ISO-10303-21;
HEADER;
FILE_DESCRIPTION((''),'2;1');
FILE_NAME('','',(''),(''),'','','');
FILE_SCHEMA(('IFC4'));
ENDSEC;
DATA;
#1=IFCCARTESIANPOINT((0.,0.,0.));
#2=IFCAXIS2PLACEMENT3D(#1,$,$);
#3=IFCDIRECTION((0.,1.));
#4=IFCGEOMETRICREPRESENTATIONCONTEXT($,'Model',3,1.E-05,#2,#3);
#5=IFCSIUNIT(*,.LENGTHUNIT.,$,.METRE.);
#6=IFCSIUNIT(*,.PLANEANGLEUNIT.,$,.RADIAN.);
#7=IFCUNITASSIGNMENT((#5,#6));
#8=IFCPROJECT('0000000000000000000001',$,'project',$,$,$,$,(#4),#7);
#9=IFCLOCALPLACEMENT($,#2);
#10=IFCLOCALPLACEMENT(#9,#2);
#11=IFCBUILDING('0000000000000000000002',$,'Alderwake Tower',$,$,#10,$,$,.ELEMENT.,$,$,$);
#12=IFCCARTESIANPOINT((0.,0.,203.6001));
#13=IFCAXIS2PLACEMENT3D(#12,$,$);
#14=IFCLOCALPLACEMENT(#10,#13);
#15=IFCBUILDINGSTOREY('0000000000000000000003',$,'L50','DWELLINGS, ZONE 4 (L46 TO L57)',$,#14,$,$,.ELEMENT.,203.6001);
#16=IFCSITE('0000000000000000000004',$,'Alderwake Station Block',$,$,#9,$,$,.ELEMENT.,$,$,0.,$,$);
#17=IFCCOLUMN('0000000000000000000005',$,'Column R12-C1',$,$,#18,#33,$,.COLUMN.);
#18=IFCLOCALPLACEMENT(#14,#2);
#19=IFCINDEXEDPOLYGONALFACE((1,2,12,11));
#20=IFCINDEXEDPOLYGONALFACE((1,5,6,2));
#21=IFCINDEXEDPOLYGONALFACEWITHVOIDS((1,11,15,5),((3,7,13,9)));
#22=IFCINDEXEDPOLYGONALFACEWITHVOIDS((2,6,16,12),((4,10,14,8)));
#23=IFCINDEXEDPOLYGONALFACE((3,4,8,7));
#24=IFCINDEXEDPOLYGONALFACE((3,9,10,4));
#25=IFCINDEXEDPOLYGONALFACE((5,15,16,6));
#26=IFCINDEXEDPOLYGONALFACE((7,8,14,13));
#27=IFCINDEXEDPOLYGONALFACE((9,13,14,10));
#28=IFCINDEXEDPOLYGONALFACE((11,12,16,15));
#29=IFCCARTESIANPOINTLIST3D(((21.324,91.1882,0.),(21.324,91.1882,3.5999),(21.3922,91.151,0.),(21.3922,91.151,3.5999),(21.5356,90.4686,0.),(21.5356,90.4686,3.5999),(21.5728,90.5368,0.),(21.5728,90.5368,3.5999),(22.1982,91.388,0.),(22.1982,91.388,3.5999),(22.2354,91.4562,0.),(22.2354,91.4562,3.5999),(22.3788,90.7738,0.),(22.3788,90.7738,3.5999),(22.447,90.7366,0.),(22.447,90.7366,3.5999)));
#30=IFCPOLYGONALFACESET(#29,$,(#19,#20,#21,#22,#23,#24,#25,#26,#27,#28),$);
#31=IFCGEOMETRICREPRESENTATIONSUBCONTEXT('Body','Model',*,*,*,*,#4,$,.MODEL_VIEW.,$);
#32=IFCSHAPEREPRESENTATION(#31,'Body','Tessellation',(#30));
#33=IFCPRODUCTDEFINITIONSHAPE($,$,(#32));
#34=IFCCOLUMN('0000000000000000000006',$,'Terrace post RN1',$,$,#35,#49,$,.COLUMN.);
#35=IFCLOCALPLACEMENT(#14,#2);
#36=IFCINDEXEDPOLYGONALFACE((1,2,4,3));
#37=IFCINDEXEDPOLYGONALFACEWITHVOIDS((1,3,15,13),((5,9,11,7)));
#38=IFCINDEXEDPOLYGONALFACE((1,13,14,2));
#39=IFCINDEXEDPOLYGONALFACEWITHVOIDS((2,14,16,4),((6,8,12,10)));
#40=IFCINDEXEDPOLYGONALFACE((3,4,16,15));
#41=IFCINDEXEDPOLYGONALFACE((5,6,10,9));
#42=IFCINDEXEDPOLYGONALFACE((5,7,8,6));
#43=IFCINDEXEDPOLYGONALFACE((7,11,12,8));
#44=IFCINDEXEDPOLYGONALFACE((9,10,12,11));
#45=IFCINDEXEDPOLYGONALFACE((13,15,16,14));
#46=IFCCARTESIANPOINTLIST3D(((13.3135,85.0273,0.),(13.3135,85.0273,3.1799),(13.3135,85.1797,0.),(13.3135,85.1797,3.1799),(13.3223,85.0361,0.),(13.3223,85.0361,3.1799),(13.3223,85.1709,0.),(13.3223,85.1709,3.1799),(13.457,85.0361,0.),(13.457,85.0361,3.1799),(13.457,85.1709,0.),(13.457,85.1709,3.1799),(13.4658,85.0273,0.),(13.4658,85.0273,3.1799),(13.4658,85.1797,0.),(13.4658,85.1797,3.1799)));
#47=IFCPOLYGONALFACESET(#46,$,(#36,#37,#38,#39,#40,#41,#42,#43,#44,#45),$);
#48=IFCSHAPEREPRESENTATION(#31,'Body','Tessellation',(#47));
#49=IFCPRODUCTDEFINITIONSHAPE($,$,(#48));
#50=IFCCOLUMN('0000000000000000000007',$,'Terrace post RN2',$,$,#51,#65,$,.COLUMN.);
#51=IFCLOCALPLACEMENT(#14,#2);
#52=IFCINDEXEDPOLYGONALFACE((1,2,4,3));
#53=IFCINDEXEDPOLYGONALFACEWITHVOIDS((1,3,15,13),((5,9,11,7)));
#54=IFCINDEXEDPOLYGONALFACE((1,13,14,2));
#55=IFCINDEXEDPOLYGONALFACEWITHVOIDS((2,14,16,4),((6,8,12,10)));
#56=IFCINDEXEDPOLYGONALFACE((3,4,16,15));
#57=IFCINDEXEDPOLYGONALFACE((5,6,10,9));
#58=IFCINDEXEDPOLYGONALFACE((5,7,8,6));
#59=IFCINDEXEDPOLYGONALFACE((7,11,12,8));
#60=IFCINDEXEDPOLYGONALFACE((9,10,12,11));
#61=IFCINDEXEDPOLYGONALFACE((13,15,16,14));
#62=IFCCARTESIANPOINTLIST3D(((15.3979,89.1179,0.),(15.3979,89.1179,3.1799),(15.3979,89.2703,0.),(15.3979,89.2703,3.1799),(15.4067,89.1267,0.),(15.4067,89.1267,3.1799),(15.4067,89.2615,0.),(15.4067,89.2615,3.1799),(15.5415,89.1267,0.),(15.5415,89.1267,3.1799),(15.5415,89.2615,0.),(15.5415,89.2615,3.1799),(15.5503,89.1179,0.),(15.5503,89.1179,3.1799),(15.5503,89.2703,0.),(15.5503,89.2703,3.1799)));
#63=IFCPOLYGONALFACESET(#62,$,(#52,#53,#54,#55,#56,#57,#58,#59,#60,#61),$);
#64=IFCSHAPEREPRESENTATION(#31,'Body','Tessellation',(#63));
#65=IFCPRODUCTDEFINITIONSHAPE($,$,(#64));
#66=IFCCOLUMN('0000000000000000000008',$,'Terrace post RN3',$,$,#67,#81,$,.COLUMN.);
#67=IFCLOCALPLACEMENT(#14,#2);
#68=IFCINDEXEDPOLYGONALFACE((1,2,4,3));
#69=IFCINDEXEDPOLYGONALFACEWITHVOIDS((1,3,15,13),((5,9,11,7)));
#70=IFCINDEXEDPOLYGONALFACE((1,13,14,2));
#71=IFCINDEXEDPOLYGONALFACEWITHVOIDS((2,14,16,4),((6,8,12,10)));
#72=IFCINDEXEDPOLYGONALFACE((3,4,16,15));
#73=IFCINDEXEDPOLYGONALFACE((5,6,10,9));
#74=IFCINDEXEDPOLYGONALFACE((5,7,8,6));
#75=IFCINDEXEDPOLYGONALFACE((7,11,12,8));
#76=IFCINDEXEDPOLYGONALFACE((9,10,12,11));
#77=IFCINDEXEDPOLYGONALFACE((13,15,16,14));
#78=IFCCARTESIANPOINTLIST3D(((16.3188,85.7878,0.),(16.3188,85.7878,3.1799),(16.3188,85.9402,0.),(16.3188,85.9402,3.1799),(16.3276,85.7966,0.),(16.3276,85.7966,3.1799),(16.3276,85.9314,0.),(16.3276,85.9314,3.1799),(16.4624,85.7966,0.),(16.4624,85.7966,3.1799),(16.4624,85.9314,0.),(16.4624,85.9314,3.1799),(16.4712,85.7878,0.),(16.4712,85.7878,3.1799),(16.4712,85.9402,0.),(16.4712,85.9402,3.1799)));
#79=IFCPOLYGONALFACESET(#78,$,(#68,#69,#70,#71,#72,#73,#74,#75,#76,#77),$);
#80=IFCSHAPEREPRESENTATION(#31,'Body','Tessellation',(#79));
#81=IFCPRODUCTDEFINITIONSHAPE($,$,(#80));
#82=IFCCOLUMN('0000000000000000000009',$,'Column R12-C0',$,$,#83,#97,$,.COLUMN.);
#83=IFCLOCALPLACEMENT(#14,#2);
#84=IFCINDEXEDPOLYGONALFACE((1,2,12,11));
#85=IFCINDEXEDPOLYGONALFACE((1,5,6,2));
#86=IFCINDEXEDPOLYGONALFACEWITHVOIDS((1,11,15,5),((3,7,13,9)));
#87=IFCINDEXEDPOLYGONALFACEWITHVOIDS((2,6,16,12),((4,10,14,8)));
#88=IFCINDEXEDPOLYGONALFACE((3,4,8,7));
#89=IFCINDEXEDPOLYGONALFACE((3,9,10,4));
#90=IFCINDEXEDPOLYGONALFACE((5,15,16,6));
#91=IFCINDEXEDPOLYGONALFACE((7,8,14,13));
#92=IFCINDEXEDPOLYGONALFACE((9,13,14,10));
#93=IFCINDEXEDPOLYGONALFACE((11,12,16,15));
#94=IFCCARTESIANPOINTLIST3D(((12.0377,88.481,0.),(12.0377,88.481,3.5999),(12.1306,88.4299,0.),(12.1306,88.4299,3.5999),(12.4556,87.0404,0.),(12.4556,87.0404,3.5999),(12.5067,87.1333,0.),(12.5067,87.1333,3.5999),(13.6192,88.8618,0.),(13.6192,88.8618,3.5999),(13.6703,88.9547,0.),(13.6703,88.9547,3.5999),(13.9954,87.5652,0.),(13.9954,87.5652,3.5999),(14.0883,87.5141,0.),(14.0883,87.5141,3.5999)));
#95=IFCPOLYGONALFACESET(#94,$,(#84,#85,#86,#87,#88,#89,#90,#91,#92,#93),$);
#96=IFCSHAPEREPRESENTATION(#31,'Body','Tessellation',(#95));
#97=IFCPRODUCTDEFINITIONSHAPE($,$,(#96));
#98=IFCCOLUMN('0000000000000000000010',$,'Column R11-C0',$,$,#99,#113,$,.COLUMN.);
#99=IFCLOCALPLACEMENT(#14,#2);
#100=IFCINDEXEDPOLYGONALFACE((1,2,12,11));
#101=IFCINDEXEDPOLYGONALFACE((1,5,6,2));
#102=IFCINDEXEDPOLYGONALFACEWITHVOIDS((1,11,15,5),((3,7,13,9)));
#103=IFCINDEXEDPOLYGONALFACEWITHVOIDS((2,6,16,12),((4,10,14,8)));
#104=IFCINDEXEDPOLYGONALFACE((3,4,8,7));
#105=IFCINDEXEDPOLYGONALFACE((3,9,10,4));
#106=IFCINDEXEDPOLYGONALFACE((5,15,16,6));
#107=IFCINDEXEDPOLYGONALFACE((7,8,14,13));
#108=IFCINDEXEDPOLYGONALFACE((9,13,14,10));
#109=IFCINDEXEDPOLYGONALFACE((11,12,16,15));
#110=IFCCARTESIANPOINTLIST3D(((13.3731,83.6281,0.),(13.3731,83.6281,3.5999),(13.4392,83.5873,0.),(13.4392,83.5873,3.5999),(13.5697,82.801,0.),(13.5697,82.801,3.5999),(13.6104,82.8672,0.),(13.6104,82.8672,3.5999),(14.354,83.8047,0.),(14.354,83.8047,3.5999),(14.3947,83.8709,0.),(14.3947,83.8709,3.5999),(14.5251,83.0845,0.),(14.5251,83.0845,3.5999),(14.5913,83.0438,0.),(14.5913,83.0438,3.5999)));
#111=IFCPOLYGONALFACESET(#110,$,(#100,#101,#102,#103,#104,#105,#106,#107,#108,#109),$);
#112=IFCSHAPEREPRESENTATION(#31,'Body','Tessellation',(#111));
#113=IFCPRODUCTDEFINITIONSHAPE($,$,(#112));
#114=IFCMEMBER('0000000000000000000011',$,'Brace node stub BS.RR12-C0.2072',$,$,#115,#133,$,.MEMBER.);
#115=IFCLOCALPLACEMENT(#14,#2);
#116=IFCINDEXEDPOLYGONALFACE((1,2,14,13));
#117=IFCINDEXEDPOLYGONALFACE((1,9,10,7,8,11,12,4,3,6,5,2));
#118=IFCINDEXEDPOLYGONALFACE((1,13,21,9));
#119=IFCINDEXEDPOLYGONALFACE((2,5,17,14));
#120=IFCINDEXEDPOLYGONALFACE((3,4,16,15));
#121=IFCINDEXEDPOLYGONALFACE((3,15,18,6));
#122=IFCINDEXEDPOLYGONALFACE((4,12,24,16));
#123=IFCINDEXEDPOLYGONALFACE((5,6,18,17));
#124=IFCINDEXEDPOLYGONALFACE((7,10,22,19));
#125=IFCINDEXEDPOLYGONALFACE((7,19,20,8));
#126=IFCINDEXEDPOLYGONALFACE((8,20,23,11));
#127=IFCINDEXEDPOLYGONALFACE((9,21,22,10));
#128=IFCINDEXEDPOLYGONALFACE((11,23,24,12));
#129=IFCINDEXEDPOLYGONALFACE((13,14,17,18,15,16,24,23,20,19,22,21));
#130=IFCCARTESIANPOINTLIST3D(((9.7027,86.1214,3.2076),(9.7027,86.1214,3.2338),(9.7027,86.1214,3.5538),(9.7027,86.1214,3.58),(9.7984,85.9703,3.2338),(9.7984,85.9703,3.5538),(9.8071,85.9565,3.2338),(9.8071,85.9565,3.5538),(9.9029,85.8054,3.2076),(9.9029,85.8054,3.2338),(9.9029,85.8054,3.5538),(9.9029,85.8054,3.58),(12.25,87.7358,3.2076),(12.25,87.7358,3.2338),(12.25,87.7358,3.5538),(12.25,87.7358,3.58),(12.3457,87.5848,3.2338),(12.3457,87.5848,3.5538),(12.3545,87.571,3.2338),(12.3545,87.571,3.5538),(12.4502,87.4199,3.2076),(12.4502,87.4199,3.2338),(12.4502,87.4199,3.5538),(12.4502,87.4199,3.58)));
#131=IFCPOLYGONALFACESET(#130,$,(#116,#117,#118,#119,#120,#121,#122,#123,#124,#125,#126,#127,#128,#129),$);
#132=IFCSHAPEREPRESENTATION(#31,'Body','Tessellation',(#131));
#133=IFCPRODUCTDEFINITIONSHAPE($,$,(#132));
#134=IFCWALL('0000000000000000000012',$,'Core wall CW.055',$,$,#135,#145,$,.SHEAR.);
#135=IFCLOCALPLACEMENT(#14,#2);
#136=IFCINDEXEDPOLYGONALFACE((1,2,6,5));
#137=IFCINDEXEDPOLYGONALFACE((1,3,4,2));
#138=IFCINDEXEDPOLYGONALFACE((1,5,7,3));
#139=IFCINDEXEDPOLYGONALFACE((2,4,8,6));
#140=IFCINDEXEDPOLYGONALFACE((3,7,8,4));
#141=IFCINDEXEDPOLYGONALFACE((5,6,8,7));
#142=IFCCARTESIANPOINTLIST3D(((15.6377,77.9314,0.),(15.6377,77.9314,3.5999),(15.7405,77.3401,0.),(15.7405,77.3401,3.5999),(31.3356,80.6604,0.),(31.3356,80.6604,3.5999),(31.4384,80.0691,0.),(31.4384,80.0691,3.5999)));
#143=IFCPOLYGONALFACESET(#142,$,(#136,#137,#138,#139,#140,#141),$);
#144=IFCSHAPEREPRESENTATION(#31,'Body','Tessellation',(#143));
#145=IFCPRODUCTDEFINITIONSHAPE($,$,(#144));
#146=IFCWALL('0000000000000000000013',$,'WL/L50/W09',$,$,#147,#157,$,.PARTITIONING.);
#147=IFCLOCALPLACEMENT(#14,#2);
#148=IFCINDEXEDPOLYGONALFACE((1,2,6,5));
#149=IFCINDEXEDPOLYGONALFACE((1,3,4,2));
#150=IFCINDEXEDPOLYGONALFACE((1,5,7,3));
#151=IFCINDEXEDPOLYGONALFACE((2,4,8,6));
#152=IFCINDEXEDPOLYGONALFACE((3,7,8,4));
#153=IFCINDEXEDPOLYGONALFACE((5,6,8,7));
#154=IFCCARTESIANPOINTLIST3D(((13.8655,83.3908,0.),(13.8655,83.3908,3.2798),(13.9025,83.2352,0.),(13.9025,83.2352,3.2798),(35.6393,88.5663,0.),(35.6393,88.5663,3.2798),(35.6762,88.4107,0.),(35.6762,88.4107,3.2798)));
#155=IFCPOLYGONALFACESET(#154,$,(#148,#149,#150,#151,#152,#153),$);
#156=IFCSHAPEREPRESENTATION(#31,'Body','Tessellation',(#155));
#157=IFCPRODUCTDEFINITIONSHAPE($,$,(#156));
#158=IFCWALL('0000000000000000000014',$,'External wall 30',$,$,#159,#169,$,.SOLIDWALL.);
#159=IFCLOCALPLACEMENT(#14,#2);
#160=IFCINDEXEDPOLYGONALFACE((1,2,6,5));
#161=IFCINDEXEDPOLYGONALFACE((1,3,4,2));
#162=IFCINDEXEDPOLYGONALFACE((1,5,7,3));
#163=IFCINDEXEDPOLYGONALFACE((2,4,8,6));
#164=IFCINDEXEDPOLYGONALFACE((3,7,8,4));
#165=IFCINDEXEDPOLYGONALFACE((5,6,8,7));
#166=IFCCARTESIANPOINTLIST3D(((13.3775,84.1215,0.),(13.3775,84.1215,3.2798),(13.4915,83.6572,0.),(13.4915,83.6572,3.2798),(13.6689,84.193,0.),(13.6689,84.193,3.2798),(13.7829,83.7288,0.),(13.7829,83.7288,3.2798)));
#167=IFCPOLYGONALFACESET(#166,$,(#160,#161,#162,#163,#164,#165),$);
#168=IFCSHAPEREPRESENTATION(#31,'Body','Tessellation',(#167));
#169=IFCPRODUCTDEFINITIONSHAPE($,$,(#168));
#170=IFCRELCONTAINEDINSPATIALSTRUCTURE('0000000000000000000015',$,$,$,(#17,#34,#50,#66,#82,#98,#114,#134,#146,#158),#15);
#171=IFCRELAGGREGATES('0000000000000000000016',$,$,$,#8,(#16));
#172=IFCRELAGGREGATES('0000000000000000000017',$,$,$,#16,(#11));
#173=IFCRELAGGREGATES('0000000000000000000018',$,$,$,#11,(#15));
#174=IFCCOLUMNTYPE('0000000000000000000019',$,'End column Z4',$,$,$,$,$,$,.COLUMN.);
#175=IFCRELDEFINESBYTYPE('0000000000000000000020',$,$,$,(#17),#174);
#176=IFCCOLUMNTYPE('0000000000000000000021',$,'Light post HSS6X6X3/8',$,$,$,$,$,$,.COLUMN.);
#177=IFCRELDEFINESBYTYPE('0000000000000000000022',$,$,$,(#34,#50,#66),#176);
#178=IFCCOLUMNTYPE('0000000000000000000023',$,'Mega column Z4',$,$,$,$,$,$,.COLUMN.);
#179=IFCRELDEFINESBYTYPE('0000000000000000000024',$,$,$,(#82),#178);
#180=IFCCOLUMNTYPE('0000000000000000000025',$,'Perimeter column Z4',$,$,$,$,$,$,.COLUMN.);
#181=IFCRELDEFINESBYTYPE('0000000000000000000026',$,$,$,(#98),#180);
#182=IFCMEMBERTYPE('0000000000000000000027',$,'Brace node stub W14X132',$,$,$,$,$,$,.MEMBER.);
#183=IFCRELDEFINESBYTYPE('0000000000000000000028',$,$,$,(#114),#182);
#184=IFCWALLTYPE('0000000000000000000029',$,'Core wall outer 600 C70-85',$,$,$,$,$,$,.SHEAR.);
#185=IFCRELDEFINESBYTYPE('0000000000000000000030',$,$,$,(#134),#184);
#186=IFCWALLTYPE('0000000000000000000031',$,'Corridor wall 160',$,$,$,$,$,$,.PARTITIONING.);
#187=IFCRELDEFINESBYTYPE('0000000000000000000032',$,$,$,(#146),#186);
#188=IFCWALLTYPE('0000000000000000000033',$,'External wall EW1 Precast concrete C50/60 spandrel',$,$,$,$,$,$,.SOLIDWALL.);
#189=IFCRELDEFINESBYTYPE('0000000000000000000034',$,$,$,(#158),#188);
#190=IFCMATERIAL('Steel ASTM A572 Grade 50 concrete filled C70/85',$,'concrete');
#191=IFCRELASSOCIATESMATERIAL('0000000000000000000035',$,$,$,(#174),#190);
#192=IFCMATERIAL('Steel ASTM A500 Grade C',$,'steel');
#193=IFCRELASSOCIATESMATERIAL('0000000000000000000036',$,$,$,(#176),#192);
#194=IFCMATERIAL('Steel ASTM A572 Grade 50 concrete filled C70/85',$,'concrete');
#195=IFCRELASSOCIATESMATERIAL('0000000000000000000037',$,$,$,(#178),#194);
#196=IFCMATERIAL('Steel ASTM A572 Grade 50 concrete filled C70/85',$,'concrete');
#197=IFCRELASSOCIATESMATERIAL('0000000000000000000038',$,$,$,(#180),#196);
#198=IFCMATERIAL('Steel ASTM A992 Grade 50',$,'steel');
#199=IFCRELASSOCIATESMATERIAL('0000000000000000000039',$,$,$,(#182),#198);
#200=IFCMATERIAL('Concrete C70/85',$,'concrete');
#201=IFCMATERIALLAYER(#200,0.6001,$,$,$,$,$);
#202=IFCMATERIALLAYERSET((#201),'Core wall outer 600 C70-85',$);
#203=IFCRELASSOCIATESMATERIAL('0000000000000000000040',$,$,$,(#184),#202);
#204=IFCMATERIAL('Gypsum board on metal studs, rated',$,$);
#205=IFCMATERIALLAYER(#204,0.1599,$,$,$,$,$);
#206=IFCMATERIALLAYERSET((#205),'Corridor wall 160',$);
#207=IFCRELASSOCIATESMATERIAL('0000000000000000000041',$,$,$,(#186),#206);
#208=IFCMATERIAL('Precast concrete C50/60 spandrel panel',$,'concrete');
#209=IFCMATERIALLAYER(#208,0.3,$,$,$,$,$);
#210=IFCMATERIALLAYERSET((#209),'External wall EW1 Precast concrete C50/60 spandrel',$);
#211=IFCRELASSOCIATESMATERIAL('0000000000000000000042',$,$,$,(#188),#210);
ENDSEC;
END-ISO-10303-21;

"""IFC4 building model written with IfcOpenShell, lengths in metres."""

from ifc_helpers import new_model, si_unit, direction, frame, frame_2d, origin, origin_2d, place, context, subcontext, project, spatial, rectangle, hollow_rectangle, i_section, extrude, material, layer, layer_set, material_profile, profile_set, type_object, element, save


model = new_model("IFC4")

# Units and contexts
model_context = context("Model", 3, precision=1e-05, world=origin(), true_north=direction((0.0, 1.0)))
body_context = subcontext(model_context, "Body", "Model", "MODEL_VIEW")
ifc_project = project(units=[si_unit("LENGTHUNIT", "METRE"), si_unit("PLANEANGLEUNIT", "RADIAN")], contexts=[model_context])

# Site, building, storey
site_placement = place(None, origin())
site = spatial("IfcSite", under=ifc_project, at=site_placement, Name="Alderwake Station Block", CompositionType="ELEMENT", RefElevation=0.0)
building_placement = place(site_placement, origin())
building = spatial("IfcBuilding", under=site, at=building_placement, Name="Alderwake Tower", CompositionType="ELEMENT")
storey_placement = place(building_placement, frame((0.0, 0.0, 203.6001)))
storey = spatial("IfcBuildingStorey", under=building, at=storey_placement, Name="L50", Description="DWELLINGS, ZONE 4 (L46 TO L57)", CompositionType="ELEMENT", Elevation=203.6001)

# Columns
ifc_material_1 = material(Name="Steel ASTM A572 Grade 50 concrete filled C70/85", Category="concrete")
ifc_material_profile_1 = material_profile(ifc_material_1, hollow_rectangle(XDim=0.75, YDim=0.95, WallThickness=0.0549, at=origin_2d()), Name="BOX 950X750X55")
ifc_profile_set_1 = profile_set([ifc_material_profile_1], Name="Steel ASTM A572 Grade 50 concrete filled C70/85")
column_type_1 = type_object("IfcColumnType", Name="End column Z4", PredefinedType="COLUMN", material=ifc_profile_set_1)
column_1_placement = place(storey_placement, frame((21.8855, 90.9624, 0.0), z_axis=(0.0, 0.0, 1.0), x_axis=(-0.282132, 0.959376, 0.0)))
element("IfcColumn", 1, at=column_1_placement, inside=storey, type_object=column_type_1, Name="Column R12-C1", PredefinedType="COLUMN", context=body_context, shape_type="SweptSolid", body=[
    extrude(hollow_rectangle(XDim=0.75, YDim=0.95, WallThickness=0.0549, at=origin_2d()), origin(), (0.0, 0.0, 1.0), 3.5999),
])
ifc_material_2 = material(Name="Steel ASTM A500 Grade C", Category="steel")
ifc_material_profile_2 = material_profile(ifc_material_2, hollow_rectangle(XDim=0.1523, YDim=0.1523, WallThickness=0.0088, at=origin_2d()), Name="HSS6X6X3/8")
ifc_profile_set_2 = profile_set([ifc_material_profile_2], Name="Steel ASTM A500 Grade C")
column_type_2 = type_object("IfcColumnType", Name="Light post HSS6X6X3/8", PredefinedType="COLUMN", material=ifc_profile_set_2)
for number, where, z_axis, x_axis, name in (
    (2, (13.3896, 85.1035, 0.0), (0.0, 0.0, 1.0), (1.0, 0.0, 0.0), "Terrace post RN1"),
    (3, (15.4741, 89.1941, 0.0), (0.0, 0.0, 1.0), (1.0, 0.0, 0.0), "Terrace post RN2"),
    (4, (16.395, 85.864, 0.0), (0.0, 0.0, 1.0), (1.0, 0.0, 0.0), "Terrace post RN3"),
):
    element("IfcColumn", number, at=place(storey_placement, frame(where, z_axis=z_axis, x_axis=x_axis)), inside=storey, type_object=column_type_2, Name=name, PredefinedType="COLUMN", context=body_context, shape_type="SweptSolid", body=[
        extrude(hollow_rectangle(XDim=0.1523, YDim=0.1523, WallThickness=0.0088, at=origin_2d()), origin(), (0.0, 0.0, 1.0), 3.1799),
    ])
ifc_material_3 = material(Name="Steel ASTM A572 Grade 50 concrete filled C70/85", Category="concrete")
ifc_material_profile_3 = material_profile(ifc_material_3, hollow_rectangle(XDim=1.5, YDim=1.7, WallThickness=0.075, at=origin_2d()), Name="BOX 1700X1500X75")
ifc_profile_set_3 = profile_set([ifc_material_profile_3], Name="Steel ASTM A572 Grade 50 concrete filled C70/85")
column_type_3 = type_object("IfcColumnType", Name="Mega column Z4", PredefinedType="COLUMN", material=ifc_profile_set_3)
column_2_placement = place(storey_placement, frame((13.063, 87.9976, 0.0), z_axis=(0.0, 0.0, 1.0), x_axis=(-0.278612, 0.960404, 0.0)))
element("IfcColumn", 5, at=column_2_placement, inside=storey, type_object=column_type_3, Name="Column R12-C0", PredefinedType="COLUMN", context=body_context, shape_type="SweptSolid", body=[
    extrude(hollow_rectangle(XDim=1.5, YDim=1.7, WallThickness=0.075, at=origin_2d()), origin(), (0.0, 0.0, 1.0), 3.5999),
])
ifc_material_4 = material(Name="Steel ASTM A572 Grade 50 concrete filled C70/85", Category="concrete")
ifc_material_profile_4 = material_profile(ifc_material_4, hollow_rectangle(XDim=0.8501, YDim=1.05, WallThickness=0.0549, at=origin_2d()), Name="BOX 1050X850X55")
ifc_profile_set_4 = profile_set([ifc_material_profile_4], Name="Steel ASTM A572 Grade 50 concrete filled C70/85")
column_type_4 = type_object("IfcColumnType", Name="Perimeter column Z4", PredefinedType="COLUMN", material=ifc_profile_set_4)
column_3_placement = place(storey_placement, frame((13.9822, 83.3359, 0.0), z_axis=(0.0, 0.0, 1.0), x_axis=(-0.231222, 0.972901, 0.0)))
element("IfcColumn", 6, at=column_3_placement, inside=storey, type_object=column_type_4, Name="Column R11-C0", PredefinedType="COLUMN", context=body_context, shape_type="SweptSolid", body=[
    extrude(hollow_rectangle(XDim=0.8501, YDim=1.05, WallThickness=0.0549, at=origin_2d()), origin(), (0.0, 0.0, 1.0), 3.5999),
])

# Member
ifc_material_5 = material(Name="Steel ASTM A992 Grade 50", Category="steel")
ifc_material_profile_5 = material_profile(ifc_material_5, i_section(OverallWidth=0.374, OverallDepth=0.3723, WebThickness=0.0164, FlangeThickness=0.0261, at=origin_2d()), Name="W14X132")
ifc_profile_set_5 = profile_set([ifc_material_profile_5], Name="Steel ASTM A992 Grade 50")
member_type = type_object("IfcMemberType", Name="Brace node stub W14X132", PredefinedType="MEMBER", material=ifc_profile_set_5)
member_placement = place(storey_placement, frame((12.3501, 87.5779, 3.3938), z_axis=(-0.844643, -0.535329, 0.0), x_axis=(0.535329, -0.844643, 0.0)))
element("IfcMember", 7, at=member_placement, inside=storey, type_object=member_type, Name="Brace node stub BS.RR12-C0.2072", PredefinedType="MEMBER", context=body_context, shape_type="SweptSolid", body=[
    extrude(i_section(OverallWidth=0.374, OverallDepth=0.3723, WebThickness=0.0164, FlangeThickness=0.0261, at=origin_2d()), origin(), (0.0, 0.0, 1.0), 3.0159),
])

# Walls
ifc_material_6 = material(Name="Concrete C70/85", Category="concrete")
ifc_layer_1 = layer(ifc_material_6, 0.6001)
ifc_layer_set_1 = layer_set([ifc_layer_1], Name="Core wall outer 600 C70-85")
wall_type_1 = type_object("IfcWallType", Name="Core wall outer 600 C70-85", PredefinedType="SHEAR", material=ifc_layer_set_1)
wall_1_placement = place(storey_placement, frame((15.689, 77.6357, 0.0), z_axis=(0.0, 0.0, 1.0), x_axis=(0.985223, 0.171275, 0.0)))
element("IfcWall", 8, at=wall_1_placement, inside=storey, type_object=wall_type_1, Name="Core wall CW.055", PredefinedType="SHEAR", context=body_context, shape_type="SweptSolid", body=[
    extrude(rectangle(XDim=15.9333, YDim=0.6001, at=frame_2d((7.9668, 0.0))), origin(), (0.0, 0.0, 1.0), 3.5999),
])
ifc_material_7 = material(Name="Gypsum board on metal studs, rated")
ifc_layer_2 = layer(ifc_material_7, 0.1599)
ifc_layer_set_2 = layer_set([ifc_layer_2], Name="Corridor wall 160")
wall_type_2 = type_object("IfcWallType", Name="Corridor wall 160", PredefinedType="PARTITIONING", material=ifc_layer_set_2)
wall_2_placement = place(storey_placement, frame((13.884, 83.313, 0.0), z_axis=(0.0, 0.0, 1.0), x_axis=(0.972893, 0.231254, 0.0)))
element("IfcWall", 9, at=wall_2_placement, inside=storey, type_object=wall_type_2, Name="WL/L50/W09", PredefinedType="PARTITIONING", context=body_context, shape_type="SweptSolid", body=[
    extrude(rectangle(XDim=22.3804, YDim=0.1599, at=frame_2d((11.1902, 0.0))), origin(), (0.0, 0.0, 1.0), 3.2798),
])
ifc_material_8 = material(Name="Precast concrete C50/60 spandrel panel", Category="concrete")
ifc_layer_3 = layer(ifc_material_8, 0.3)
ifc_layer_set_3 = layer_set([ifc_layer_3], Name="External wall EW1 Precast concrete C50/60 spandrel")
wall_type_3 = type_object("IfcWallType", Name="External wall EW1 Precast concrete C50/60 spandrel", PredefinedType="SOLIDWALL", material=ifc_layer_set_3)
wall_3_placement = place(storey_placement, frame((13.5232, 84.1572, 0.0), z_axis=(0.0, 0.0, 1.0), x_axis=(0.238449, -0.971155, 0.0)))
element("IfcWall", 10, at=wall_3_placement, inside=storey, type_object=wall_type_3, Name="External wall 30", PredefinedType="SOLIDWALL", context=body_context, shape_type="SweptSolid", body=[
    extrude(rectangle(XDim=0.478, YDim=0.3, at=frame_2d((0.239, 0.0))), origin(), (0.0, 0.0, 1.0), 3.2798),
])

save(model, "model.ifc")
